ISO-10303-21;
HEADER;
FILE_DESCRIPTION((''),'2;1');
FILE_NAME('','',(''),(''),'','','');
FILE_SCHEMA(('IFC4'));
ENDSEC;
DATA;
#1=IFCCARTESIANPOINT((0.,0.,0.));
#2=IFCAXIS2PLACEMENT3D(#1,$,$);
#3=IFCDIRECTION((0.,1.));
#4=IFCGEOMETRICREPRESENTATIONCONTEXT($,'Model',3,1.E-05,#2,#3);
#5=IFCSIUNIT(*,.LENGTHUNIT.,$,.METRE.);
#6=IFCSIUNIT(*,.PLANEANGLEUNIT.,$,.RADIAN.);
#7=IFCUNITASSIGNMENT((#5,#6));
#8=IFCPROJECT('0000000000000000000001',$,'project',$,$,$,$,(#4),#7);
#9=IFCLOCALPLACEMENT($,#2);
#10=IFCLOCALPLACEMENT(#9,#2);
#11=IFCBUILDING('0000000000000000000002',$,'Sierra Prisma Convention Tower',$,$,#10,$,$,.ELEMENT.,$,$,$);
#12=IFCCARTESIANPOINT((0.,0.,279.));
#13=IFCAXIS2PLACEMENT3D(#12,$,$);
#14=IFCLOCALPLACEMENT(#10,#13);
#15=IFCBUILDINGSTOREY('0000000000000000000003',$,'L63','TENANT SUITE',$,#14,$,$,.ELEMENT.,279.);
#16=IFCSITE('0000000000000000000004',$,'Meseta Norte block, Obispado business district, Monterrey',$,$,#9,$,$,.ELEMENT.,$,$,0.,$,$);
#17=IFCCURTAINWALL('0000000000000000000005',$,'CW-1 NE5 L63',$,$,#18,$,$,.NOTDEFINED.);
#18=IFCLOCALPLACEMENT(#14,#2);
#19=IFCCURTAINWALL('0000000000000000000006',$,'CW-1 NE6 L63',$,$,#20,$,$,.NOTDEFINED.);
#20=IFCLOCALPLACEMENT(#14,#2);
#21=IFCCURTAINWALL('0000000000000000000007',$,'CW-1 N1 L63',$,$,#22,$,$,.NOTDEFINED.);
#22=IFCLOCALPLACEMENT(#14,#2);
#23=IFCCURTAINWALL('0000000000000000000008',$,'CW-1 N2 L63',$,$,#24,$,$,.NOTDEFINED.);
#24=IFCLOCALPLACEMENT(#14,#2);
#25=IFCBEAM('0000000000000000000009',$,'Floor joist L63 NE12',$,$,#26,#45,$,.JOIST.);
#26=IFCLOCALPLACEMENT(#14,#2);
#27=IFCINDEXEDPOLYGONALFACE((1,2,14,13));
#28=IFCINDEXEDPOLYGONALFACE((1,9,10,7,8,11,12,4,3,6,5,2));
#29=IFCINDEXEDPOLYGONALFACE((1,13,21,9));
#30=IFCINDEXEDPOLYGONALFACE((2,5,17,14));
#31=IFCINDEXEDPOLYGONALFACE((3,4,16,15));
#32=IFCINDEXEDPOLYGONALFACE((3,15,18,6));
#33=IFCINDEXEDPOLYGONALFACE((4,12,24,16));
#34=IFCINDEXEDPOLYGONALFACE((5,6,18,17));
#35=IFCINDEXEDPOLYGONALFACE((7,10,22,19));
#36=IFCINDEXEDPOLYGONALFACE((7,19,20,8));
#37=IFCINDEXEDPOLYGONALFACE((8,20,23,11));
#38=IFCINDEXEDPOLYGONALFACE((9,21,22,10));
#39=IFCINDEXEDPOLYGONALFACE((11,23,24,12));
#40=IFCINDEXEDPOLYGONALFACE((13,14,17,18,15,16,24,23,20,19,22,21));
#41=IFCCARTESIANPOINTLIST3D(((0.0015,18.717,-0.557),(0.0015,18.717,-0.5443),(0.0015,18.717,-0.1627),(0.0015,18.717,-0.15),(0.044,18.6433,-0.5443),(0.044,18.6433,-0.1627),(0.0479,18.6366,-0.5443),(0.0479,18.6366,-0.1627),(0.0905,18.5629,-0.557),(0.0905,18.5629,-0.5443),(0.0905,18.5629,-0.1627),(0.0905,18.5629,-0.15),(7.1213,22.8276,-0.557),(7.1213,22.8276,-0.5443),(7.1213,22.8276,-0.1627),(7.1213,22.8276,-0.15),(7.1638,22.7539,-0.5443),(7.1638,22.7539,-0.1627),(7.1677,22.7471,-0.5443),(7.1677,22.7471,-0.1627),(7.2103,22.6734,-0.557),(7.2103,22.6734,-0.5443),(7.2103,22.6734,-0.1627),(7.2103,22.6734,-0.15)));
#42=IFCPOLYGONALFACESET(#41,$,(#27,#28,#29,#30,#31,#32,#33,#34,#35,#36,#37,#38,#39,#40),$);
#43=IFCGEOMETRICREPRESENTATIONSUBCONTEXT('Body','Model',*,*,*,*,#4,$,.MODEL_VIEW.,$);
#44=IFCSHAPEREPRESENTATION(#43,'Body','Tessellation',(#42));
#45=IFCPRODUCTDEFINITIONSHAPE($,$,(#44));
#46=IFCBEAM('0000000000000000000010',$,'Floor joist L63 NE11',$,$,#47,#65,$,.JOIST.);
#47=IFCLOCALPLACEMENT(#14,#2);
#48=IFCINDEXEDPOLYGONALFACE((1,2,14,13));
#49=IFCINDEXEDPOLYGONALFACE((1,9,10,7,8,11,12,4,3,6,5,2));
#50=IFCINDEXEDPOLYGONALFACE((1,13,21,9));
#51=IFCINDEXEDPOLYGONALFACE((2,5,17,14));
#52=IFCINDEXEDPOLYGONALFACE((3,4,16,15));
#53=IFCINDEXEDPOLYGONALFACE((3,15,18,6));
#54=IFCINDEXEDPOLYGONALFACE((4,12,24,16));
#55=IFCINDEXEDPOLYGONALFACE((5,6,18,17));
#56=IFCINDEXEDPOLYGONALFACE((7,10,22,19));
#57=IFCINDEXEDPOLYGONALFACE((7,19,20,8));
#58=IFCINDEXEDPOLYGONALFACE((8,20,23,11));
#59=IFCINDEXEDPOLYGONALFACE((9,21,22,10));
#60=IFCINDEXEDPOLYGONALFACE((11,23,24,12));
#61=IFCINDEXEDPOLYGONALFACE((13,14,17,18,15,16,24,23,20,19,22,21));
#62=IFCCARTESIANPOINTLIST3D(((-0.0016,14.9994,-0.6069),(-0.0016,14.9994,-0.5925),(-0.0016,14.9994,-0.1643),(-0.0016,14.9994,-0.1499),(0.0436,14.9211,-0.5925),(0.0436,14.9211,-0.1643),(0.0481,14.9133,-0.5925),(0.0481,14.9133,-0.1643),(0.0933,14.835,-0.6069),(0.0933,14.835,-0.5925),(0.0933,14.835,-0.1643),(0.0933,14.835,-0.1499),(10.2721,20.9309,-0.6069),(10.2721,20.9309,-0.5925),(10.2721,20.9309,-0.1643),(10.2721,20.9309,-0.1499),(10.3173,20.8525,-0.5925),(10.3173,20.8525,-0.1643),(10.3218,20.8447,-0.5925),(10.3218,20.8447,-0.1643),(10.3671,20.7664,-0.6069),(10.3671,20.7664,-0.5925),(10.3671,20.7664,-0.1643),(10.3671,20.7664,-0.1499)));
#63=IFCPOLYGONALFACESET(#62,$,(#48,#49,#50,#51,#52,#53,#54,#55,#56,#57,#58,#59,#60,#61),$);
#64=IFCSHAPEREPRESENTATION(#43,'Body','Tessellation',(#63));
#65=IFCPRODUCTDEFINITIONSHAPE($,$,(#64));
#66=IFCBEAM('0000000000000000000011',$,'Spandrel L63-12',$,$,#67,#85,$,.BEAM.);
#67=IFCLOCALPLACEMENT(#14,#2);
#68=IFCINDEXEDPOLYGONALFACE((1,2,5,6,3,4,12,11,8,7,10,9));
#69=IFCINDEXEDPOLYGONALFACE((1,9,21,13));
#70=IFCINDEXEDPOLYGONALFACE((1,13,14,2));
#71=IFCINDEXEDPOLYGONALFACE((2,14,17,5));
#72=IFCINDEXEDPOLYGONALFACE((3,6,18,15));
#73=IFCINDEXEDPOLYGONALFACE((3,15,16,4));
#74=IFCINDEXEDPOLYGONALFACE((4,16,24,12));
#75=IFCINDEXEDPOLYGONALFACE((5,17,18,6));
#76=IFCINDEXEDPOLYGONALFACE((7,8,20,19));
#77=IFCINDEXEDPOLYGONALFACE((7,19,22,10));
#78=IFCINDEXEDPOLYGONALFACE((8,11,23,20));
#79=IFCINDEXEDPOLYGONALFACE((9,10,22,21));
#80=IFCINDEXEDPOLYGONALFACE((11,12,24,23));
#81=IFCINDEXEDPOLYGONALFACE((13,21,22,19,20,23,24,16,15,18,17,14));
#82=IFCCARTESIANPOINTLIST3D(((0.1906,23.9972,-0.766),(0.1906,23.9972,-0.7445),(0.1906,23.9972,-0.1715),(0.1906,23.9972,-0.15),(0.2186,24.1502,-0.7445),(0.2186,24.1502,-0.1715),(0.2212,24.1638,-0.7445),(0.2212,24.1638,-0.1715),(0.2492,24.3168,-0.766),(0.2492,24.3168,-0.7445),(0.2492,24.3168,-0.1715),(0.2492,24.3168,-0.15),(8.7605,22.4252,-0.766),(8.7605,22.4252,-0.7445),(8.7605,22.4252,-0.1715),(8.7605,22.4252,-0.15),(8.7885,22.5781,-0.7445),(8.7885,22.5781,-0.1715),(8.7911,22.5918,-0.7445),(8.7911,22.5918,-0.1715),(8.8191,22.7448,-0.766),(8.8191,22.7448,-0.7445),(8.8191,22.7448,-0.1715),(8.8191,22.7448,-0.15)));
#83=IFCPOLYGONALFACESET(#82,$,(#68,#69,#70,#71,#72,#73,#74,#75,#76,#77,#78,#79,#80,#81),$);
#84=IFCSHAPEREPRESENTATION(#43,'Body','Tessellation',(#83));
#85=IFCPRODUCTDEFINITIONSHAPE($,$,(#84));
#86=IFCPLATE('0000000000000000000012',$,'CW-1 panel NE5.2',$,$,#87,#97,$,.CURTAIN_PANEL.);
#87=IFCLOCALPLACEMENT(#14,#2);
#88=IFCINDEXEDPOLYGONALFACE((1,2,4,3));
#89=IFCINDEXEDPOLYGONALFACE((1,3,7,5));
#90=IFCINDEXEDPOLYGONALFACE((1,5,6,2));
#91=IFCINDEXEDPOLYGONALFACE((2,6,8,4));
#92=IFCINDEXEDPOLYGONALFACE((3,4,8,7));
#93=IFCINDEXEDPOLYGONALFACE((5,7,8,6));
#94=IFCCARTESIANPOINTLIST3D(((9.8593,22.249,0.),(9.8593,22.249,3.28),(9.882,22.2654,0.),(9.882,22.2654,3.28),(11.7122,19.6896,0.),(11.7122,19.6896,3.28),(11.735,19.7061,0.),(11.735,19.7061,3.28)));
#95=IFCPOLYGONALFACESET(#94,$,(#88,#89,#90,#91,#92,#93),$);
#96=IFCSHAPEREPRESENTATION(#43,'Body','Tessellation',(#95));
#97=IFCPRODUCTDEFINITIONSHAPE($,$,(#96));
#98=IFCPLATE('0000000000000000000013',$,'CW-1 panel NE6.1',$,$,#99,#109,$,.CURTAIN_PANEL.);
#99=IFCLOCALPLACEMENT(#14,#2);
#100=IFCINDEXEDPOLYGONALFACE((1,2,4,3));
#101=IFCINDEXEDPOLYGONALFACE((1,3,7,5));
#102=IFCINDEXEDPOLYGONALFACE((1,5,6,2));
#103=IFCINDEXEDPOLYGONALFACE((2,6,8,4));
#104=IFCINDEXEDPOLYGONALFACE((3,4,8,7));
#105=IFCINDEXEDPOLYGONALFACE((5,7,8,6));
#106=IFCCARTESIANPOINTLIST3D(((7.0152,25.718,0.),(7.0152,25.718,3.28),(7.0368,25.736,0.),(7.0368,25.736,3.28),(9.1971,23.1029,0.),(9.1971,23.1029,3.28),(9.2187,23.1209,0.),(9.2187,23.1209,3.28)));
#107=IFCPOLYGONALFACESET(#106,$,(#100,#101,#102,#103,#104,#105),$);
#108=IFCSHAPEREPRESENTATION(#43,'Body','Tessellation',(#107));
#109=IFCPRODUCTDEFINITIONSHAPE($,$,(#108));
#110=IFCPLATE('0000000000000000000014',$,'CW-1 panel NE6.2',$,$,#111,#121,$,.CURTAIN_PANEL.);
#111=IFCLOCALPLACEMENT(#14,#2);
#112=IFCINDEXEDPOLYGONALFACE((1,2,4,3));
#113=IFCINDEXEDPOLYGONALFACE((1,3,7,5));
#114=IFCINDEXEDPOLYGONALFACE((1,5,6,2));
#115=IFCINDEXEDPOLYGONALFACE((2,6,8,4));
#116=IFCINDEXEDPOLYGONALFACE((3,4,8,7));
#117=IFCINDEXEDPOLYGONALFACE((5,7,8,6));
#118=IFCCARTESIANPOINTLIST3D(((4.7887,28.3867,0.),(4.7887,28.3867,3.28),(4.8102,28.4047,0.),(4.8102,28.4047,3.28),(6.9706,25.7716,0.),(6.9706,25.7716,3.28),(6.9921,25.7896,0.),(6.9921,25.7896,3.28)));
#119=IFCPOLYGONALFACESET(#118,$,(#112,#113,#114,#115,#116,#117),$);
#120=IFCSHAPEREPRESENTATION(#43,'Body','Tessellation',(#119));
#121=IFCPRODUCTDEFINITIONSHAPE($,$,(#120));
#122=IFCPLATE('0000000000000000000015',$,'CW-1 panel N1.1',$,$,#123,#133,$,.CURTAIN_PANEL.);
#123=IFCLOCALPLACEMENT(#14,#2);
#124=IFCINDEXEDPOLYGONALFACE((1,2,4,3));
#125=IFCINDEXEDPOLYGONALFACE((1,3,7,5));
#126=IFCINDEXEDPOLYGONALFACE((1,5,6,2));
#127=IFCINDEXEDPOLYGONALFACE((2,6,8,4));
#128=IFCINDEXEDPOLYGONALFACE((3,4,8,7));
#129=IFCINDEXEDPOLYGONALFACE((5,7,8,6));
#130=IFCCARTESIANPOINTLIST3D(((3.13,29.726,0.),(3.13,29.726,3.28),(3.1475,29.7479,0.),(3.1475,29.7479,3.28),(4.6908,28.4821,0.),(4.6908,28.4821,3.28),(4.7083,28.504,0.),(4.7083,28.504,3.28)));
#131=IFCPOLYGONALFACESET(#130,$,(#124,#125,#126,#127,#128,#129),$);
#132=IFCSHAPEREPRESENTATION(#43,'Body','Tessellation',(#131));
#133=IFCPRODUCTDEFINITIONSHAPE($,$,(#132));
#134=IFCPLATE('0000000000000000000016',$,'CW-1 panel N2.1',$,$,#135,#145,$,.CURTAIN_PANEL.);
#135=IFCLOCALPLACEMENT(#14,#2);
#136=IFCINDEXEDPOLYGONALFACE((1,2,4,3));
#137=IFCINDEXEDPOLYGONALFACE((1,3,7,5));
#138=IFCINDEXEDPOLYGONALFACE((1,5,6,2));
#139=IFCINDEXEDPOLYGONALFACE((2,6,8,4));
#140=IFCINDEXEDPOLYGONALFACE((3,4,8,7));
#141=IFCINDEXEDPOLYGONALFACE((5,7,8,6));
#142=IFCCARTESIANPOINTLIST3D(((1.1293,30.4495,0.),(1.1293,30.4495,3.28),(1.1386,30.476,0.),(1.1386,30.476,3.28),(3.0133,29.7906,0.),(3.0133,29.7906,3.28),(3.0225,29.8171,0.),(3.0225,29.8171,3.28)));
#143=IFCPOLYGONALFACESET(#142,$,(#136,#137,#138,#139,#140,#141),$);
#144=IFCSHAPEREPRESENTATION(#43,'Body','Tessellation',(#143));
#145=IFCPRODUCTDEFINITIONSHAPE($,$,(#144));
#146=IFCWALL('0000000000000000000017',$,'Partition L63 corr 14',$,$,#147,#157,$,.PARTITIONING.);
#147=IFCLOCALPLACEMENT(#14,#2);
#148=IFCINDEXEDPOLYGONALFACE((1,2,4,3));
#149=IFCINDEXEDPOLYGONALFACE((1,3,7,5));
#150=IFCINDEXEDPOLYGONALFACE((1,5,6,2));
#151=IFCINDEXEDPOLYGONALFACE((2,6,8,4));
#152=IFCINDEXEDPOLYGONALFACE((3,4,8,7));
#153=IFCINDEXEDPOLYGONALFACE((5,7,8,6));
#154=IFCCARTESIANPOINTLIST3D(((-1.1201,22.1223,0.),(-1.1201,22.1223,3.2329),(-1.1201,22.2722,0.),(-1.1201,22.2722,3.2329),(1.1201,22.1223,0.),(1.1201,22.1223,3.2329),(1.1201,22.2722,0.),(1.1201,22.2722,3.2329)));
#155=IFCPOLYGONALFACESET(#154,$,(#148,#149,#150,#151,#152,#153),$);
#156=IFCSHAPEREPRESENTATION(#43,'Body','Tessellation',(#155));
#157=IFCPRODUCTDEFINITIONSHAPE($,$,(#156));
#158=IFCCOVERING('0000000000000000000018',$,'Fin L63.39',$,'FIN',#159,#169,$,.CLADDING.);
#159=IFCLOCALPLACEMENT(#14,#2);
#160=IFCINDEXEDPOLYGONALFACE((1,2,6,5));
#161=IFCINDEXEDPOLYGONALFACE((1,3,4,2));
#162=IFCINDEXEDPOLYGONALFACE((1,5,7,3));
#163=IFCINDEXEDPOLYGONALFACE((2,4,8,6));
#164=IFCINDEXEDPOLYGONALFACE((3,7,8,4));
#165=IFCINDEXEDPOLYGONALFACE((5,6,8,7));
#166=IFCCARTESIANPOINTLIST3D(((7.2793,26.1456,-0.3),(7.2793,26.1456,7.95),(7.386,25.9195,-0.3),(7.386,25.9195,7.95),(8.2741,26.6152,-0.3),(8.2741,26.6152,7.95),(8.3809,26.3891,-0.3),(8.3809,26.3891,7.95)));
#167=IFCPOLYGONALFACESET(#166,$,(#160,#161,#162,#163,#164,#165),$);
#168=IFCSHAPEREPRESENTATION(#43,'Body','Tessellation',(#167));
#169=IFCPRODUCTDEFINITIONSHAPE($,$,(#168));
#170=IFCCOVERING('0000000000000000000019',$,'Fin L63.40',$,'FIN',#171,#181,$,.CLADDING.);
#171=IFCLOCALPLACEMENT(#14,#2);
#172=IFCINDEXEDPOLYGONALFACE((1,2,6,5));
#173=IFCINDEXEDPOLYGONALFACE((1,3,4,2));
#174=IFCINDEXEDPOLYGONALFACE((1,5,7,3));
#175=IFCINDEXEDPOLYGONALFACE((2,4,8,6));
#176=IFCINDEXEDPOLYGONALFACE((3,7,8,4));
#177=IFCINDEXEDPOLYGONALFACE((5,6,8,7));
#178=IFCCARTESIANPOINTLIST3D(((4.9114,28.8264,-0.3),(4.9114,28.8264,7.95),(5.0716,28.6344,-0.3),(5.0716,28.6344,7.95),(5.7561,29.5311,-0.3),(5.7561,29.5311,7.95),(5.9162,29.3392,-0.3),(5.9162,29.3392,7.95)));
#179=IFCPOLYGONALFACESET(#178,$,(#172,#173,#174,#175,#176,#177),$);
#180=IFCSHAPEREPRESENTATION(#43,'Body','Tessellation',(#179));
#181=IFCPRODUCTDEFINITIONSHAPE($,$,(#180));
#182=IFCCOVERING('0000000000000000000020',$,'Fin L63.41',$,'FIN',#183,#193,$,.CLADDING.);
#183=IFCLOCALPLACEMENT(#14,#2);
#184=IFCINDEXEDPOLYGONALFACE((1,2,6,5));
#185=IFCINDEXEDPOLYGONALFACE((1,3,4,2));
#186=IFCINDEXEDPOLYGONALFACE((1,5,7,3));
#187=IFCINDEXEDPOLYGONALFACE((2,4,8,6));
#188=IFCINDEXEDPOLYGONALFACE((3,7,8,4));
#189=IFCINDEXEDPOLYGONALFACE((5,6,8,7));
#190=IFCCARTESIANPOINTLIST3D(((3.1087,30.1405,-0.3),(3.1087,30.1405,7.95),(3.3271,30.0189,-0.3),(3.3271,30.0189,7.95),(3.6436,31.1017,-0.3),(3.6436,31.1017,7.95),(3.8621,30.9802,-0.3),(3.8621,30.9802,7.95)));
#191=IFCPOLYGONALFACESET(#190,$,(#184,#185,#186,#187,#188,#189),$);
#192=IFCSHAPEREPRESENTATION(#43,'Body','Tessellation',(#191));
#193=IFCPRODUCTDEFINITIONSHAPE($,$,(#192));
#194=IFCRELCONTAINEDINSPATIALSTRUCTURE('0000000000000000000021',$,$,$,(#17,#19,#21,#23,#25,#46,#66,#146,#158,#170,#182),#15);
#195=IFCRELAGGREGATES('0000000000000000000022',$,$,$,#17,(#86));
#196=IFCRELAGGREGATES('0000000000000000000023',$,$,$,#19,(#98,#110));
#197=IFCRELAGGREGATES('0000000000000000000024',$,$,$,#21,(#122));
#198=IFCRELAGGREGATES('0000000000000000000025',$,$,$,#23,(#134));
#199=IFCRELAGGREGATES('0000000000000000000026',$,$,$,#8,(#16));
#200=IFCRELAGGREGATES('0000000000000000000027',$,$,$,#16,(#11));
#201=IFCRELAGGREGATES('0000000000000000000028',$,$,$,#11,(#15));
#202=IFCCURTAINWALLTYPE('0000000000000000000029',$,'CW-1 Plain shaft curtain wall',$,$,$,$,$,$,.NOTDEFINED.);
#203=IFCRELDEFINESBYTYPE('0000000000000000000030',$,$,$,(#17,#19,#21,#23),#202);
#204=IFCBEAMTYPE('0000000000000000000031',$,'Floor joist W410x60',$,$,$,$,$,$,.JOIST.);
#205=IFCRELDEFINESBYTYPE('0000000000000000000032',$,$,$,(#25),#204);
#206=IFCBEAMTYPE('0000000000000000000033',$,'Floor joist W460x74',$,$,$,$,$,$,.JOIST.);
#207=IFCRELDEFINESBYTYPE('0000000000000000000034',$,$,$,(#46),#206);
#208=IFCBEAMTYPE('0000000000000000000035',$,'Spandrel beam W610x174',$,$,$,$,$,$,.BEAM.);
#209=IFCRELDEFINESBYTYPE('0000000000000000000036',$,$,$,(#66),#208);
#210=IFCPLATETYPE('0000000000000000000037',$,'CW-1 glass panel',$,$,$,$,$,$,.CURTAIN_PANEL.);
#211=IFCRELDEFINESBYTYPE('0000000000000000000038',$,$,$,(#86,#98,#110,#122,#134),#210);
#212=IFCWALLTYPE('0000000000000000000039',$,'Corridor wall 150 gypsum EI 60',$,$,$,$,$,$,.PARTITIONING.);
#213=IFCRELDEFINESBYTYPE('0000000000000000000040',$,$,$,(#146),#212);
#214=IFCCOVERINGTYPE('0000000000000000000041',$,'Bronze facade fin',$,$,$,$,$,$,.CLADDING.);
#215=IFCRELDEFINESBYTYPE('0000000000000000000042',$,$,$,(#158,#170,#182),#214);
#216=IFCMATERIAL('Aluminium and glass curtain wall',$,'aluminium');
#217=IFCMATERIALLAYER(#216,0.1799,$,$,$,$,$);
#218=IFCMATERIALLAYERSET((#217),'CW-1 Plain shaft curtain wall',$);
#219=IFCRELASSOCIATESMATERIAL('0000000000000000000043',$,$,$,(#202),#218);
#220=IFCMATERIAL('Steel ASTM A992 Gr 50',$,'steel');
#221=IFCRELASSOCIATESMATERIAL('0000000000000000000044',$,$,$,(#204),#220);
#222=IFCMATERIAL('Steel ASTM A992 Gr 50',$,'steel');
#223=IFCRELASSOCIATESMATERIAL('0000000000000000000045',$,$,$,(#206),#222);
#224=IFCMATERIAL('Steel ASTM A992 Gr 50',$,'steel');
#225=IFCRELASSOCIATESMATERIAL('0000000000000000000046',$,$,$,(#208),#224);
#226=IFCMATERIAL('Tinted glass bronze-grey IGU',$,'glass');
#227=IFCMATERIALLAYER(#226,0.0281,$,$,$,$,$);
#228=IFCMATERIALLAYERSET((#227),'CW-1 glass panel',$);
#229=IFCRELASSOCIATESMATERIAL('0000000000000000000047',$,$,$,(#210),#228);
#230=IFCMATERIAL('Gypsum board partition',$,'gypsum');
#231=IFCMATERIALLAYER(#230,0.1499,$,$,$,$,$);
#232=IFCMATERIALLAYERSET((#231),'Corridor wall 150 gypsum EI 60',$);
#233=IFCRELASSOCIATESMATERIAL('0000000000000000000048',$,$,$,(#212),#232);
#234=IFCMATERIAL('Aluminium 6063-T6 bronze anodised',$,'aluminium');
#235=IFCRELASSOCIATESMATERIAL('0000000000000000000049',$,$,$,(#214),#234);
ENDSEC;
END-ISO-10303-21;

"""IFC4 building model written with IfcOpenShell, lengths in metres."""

from ifc_helpers import new_model, si_unit, direction, frame, frame_2d, origin, origin_2d, place, context, subcontext, project, spatial, rectangle, i_section, extrude, material, layer, layer_set, material_profile, profile_set, type_object, element, aggregate, save


model = new_model("IFC4")

# Units and contexts
model_context = context("Model", 3, precision=1e-05, world=origin(), true_north=direction((0.0, 1.0)))
body_context = subcontext(model_context, "Body", "Model", "MODEL_VIEW")
ifc_project = project(units=[si_unit("LENGTHUNIT", "METRE"), si_unit("PLANEANGLEUNIT", "RADIAN")], contexts=[model_context])

# Site, building, storey
site_placement = place(None, origin())
site = spatial("IfcSite", under=ifc_project, at=site_placement, Name="Meseta Norte block, Obispado business district, Monterrey", CompositionType="ELEMENT", RefElevation=0.0)
building_placement = place(site_placement, origin())
building = spatial("IfcBuilding", under=site, at=building_placement, Name="Sierra Prisma Convention Tower", CompositionType="ELEMENT")
storey_placement = place(building_placement, frame((0.0, 0.0, 279.0)))
storey = spatial("IfcBuildingStorey", under=building, at=storey_placement, Name="L63", Description="TENANT SUITE", CompositionType="ELEMENT", Elevation=279.0)

# Curtain walls
ifc_material_1 = material(Name="Aluminium and glass curtain wall", Category="aluminium")
ifc_layer_1 = layer(ifc_material_1, 0.1799)
ifc_layer_set_1 = layer_set([ifc_layer_1], Name="CW-1 Plain shaft curtain wall")
curtain_wall_type = type_object("IfcCurtainWallType", Name="CW-1 Plain shaft curtain wall", PredefinedType="NOTDEFINED", material=ifc_layer_set_1)
curtain_wall_1_placement = place(storey_placement, origin())
curtain_wall_1 = element("IfcCurtainWall", 1, at=curtain_wall_1_placement, inside=storey, type_object=curtain_wall_type, Name="CW-1 NE5 L63", PredefinedType="NOTDEFINED")
curtain_wall_2_placement = place(storey_placement, origin())
curtain_wall_2 = element("IfcCurtainWall", 2, at=curtain_wall_2_placement, inside=storey, type_object=curtain_wall_type, Name="CW-1 NE6 L63", PredefinedType="NOTDEFINED")
curtain_wall_3_placement = place(storey_placement, origin())
curtain_wall_3 = element("IfcCurtainWall", 3, at=curtain_wall_3_placement, inside=storey, type_object=curtain_wall_type, Name="CW-1 N1 L63", PredefinedType="NOTDEFINED")
curtain_wall_4_placement = place(storey_placement, origin())
curtain_wall_4 = element("IfcCurtainWall", 4, at=curtain_wall_4_placement, inside=storey, type_object=curtain_wall_type, Name="CW-1 N2 L63", PredefinedType="NOTDEFINED")

# Beams
ifc_material_2 = material(Name="Steel ASTM A992 Gr 50", Category="steel")
ifc_material_profile_1 = material_profile(ifc_material_2, i_section(OverallWidth=0.178, OverallDepth=0.407, WebThickness=0.0078, FlangeThickness=0.0127, at=origin_2d()), Name="W410x60")
ifc_profile_set_1 = profile_set([ifc_material_profile_1], Name="Steel ASTM A992 Gr 50")
beam_type_1 = type_object("IfcBeamType", Name="Floor joist W410x60", PredefinedType="JOIST", material=ifc_profile_set_1)
beam_1_placement = place(storey_placement, frame((7.1658, 22.7505, -0.3535), z_axis=(-0.866029, -0.499994, 0.0), x_axis=(0.499994, -0.866029, 0.0)))
element("IfcBeam", 5, at=beam_1_placement, inside=storey, type_object=beam_type_1, Name="Floor joist L63 NE12", PredefinedType="JOIST", context=body_context, shape_type="SweptSolid", body=[
    extrude(i_section(OverallWidth=0.178, OverallDepth=0.407, WebThickness=0.0078, FlangeThickness=0.0127, at=origin_2d()), origin(), (0.0, 0.0, 1.0), 8.2212),
])
ifc_material_3 = material(Name="Steel ASTM A992 Gr 50", Category="steel")
ifc_material_profile_2 = material_profile(ifc_material_3, i_section(OverallWidth=0.1899, OverallDepth=0.457, WebThickness=0.009, FlangeThickness=0.0144, at=origin_2d()), Name="W460x74")
ifc_profile_set_2 = profile_set([ifc_material_profile_2], Name="Steel ASTM A992 Gr 50")
beam_type_2 = type_object("IfcBeamType", Name="Floor joist W460x74", PredefinedType="JOIST", material=ifc_profile_set_2)
beam_2_placement = place(storey_placement, frame((10.3196, 20.8486, -0.3784), z_axis=(-0.86603, -0.499993, 0.0), x_axis=(0.499993, -0.86603, 0.0)))
element("IfcBeam", 6, at=beam_2_placement, inside=storey, type_object=beam_type_2, Name="Floor joist L63 NE11", PredefinedType="JOIST", context=body_context, shape_type="SweptSolid", body=[
    extrude(i_section(OverallWidth=0.1899, OverallDepth=0.457, WebThickness=0.009, FlangeThickness=0.0144, at=origin_2d()), origin(), (0.0, 0.0, 1.0), 11.863),
])
ifc_material_4 = material(Name="Steel ASTM A992 Gr 50", Category="steel")
ifc_material_profile_3 = material_profile(ifc_material_4, i_section(OverallWidth=0.325, OverallDepth=0.616, WebThickness=0.0139, FlangeThickness=0.0215, at=origin_2d()), Name="W610x174")
ifc_profile_set_3 = profile_set([ifc_material_profile_3], Name="Steel ASTM A992 Gr 50")
beam_type_3 = type_object("IfcBeamType", Name="Spandrel beam W610x174", PredefinedType="BEAM", material=ifc_profile_set_3)
beam_3_placement = place(storey_placement, frame((8.7898, 22.585, -0.458), z_axis=(-0.983588, 0.180426, 0.0), x_axis=(-0.180426, -0.983588, 0.0)))
element("IfcBeam", 7, at=beam_3_placement, inside=storey, type_object=beam_type_3, Name="Spandrel L63-12", PredefinedType="BEAM", context=body_context, shape_type="SweptSolid", body=[
    extrude(i_section(OverallWidth=0.325, OverallDepth=0.616, WebThickness=0.0139, FlangeThickness=0.0215, at=origin_2d()), origin(), (0.0, 0.0, 1.0), 8.7129),
])

# Plates
ifc_material_5 = material(Name="Tinted glass bronze-grey IGU", Category="glass")
ifc_layer_2 = layer(ifc_material_5, 0.0281)
ifc_layer_set_2 = layer_set([ifc_layer_2], Name="CW-1 glass panel")
plate_type = type_object("IfcPlateType", Name="CW-1 glass panel", PredefinedType="CURTAIN_PANEL", material=ifc_layer_set_2)
plate_1_placement = place(storey_placement, frame((10.7971, 20.9775, 0.0), z_axis=(0.0, 0.0, 1.0), x_axis=(-0.586431, 0.809999, 0.0)))
plate_1 = element("IfcPlate", 8, at=plate_1_placement, type_object=plate_type, Name="CW-1 panel NE5.2", PredefinedType="CURTAIN_PANEL", context=body_context, shape_type="SweptSolid", body=[
    extrude(rectangle(XDim=3.1597, YDim=0.0281, at=origin_2d()), origin(), (0.0, 0.0, 1.0), 3.28),
])
aggregate(curtain_wall_1, [plate_1])
plate_2_placement = place(storey_placement, frame((8.1169, 24.4194, 0.0), z_axis=(0.0, 0.0, 1.0), x_axis=(-0.640649, 0.767834, 0.0)))
plate_2 = element("IfcPlate", 9, at=plate_2_placement, type_object=plate_type, Name="CW-1 panel NE6.1", PredefinedType="CURTAIN_PANEL", context=body_context, shape_type="SweptSolid", body=[
    extrude(rectangle(XDim=3.4058, YDim=0.0281, at=origin_2d()), origin(), (0.0, 0.0, 1.0), 3.28),
])
plate_3_placement = place(storey_placement, frame((5.8904, 27.0881, 0.0), z_axis=(0.0, 0.0, 1.0), x_axis=(-0.640649, 0.767834, 0.0)))
plate_3 = element("IfcPlate", 10, at=plate_3_placement, type_object=plate_type, Name="CW-1 panel NE6.2", PredefinedType="CURTAIN_PANEL", context=body_context, shape_type="SweptSolid", body=[
    extrude(rectangle(XDim=3.4058, YDim=0.0281, at=origin_2d()), origin(), (0.0, 0.0, 1.0), 3.28),
])
aggregate(curtain_wall_2, [plate_2, plate_3])
plate_4_placement = place(storey_placement, frame((3.9192, 29.115, 0.0), z_axis=(0.0, 0.0, 1.0), x_axis=(-0.782028, 0.623243, 0.0)))
plate_4 = element("IfcPlate", 11, at=plate_4_placement, type_object=plate_type, Name="CW-1 panel N1.1", PredefinedType="CURTAIN_PANEL", context=body_context, shape_type="SweptSolid", body=[
    extrude(rectangle(XDim=1.9958, YDim=0.0281, at=origin_2d()), origin(), (0.0, 0.0, 1.0), 3.28),
])
aggregate(curtain_wall_3, [plate_4])
plate_5_placement = place(storey_placement, frame((2.0759, 30.1333, 0.0), z_axis=(0.0, 0.0, 1.0), x_axis=(-0.943935, 0.33013, 0.0)))
plate_5 = element("IfcPlate", 12, at=plate_5_placement, type_object=plate_type, Name="CW-1 panel N2.1", PredefinedType="CURTAIN_PANEL", context=body_context, shape_type="SweptSolid", body=[
    extrude(rectangle(XDim=1.9958, YDim=0.0281, at=origin_2d()), origin(), (0.0, 0.0, 1.0), 3.28),
])
aggregate(curtain_wall_4, [plate_5])

# Wall
ifc_material_6 = material(Name="Gypsum board partition", Category="gypsum")
ifc_layer_3 = layer(ifc_material_6, 0.1499)
ifc_layer_set_3 = layer_set([ifc_layer_3], Name="Corridor wall 150 gypsum EI 60")
wall_type = type_object("IfcWallType", Name="Corridor wall 150 gypsum EI 60", PredefinedType="PARTITIONING", material=ifc_layer_set_3)
wall_placement = place(storey_placement, frame((1.1201, 22.1973, 0.0), z_axis=(0.0, 0.0, 1.0), x_axis=(-1.0, 0.0, 0.0)))
element("IfcWall", 13, at=wall_placement, inside=storey, type_object=wall_type, Name="Partition L63 corr 14", PredefinedType="PARTITIONING", context=body_context, shape_type="SweptSolid", body=[
    extrude(rectangle(XDim=2.2402, YDim=0.1499, at=frame_2d((1.1201, 0.0))), origin(), (0.0, 0.0, 1.0), 3.2329),
])

# Coverings
ifc_material_7 = material(Name="Aluminium 6063-T6 bronze anodised", Category="aluminium")
ifc_material_profile_4 = material_profile(ifc_material_7, rectangle(XDim=1.1001, YDim=0.25, at=origin_2d()), Name="ALU FIN 1100x250")
ifc_profile_set_4 = profile_set([ifc_material_profile_4], Name="Aluminium 6063-T6 bronze anodised")
covering_type = type_object("IfcCoveringType", Name="Bronze facade fin", PredefinedType="CLADDING", material=ifc_profile_set_4)
for number, where, z_axis, x_axis, name in (
    (14, (7.8301, 26.2673, -0.3), (0.0, 0.0, 1.0), (0.90432, 0.426854, 0.0), "Fin L63.39"),
    (15, (5.4138, 29.0828, -0.3), (0.0, 0.0, 1.0), (0.767834, 0.640649, 0.0), "Fin L63.40"),
    (16, (3.4854, 30.5603, -0.3), (0.0, 0.0, 1.0), (0.486272, 0.873807, 0.0), "Fin L63.41"),
):
    element("IfcCovering", number, at=place(storey_placement, frame(where, z_axis=z_axis, x_axis=x_axis)), inside=storey, type_object=covering_type, Name=name, ObjectType="FIN", PredefinedType="CLADDING", context=body_context, shape_type="SweptSolid", body=[
        extrude(rectangle(XDim=1.1001, YDim=0.25, at=origin_2d()), origin(), (0.0, 0.0, 1.0), 8.25),
    ])

save(model, "model.ifc")
